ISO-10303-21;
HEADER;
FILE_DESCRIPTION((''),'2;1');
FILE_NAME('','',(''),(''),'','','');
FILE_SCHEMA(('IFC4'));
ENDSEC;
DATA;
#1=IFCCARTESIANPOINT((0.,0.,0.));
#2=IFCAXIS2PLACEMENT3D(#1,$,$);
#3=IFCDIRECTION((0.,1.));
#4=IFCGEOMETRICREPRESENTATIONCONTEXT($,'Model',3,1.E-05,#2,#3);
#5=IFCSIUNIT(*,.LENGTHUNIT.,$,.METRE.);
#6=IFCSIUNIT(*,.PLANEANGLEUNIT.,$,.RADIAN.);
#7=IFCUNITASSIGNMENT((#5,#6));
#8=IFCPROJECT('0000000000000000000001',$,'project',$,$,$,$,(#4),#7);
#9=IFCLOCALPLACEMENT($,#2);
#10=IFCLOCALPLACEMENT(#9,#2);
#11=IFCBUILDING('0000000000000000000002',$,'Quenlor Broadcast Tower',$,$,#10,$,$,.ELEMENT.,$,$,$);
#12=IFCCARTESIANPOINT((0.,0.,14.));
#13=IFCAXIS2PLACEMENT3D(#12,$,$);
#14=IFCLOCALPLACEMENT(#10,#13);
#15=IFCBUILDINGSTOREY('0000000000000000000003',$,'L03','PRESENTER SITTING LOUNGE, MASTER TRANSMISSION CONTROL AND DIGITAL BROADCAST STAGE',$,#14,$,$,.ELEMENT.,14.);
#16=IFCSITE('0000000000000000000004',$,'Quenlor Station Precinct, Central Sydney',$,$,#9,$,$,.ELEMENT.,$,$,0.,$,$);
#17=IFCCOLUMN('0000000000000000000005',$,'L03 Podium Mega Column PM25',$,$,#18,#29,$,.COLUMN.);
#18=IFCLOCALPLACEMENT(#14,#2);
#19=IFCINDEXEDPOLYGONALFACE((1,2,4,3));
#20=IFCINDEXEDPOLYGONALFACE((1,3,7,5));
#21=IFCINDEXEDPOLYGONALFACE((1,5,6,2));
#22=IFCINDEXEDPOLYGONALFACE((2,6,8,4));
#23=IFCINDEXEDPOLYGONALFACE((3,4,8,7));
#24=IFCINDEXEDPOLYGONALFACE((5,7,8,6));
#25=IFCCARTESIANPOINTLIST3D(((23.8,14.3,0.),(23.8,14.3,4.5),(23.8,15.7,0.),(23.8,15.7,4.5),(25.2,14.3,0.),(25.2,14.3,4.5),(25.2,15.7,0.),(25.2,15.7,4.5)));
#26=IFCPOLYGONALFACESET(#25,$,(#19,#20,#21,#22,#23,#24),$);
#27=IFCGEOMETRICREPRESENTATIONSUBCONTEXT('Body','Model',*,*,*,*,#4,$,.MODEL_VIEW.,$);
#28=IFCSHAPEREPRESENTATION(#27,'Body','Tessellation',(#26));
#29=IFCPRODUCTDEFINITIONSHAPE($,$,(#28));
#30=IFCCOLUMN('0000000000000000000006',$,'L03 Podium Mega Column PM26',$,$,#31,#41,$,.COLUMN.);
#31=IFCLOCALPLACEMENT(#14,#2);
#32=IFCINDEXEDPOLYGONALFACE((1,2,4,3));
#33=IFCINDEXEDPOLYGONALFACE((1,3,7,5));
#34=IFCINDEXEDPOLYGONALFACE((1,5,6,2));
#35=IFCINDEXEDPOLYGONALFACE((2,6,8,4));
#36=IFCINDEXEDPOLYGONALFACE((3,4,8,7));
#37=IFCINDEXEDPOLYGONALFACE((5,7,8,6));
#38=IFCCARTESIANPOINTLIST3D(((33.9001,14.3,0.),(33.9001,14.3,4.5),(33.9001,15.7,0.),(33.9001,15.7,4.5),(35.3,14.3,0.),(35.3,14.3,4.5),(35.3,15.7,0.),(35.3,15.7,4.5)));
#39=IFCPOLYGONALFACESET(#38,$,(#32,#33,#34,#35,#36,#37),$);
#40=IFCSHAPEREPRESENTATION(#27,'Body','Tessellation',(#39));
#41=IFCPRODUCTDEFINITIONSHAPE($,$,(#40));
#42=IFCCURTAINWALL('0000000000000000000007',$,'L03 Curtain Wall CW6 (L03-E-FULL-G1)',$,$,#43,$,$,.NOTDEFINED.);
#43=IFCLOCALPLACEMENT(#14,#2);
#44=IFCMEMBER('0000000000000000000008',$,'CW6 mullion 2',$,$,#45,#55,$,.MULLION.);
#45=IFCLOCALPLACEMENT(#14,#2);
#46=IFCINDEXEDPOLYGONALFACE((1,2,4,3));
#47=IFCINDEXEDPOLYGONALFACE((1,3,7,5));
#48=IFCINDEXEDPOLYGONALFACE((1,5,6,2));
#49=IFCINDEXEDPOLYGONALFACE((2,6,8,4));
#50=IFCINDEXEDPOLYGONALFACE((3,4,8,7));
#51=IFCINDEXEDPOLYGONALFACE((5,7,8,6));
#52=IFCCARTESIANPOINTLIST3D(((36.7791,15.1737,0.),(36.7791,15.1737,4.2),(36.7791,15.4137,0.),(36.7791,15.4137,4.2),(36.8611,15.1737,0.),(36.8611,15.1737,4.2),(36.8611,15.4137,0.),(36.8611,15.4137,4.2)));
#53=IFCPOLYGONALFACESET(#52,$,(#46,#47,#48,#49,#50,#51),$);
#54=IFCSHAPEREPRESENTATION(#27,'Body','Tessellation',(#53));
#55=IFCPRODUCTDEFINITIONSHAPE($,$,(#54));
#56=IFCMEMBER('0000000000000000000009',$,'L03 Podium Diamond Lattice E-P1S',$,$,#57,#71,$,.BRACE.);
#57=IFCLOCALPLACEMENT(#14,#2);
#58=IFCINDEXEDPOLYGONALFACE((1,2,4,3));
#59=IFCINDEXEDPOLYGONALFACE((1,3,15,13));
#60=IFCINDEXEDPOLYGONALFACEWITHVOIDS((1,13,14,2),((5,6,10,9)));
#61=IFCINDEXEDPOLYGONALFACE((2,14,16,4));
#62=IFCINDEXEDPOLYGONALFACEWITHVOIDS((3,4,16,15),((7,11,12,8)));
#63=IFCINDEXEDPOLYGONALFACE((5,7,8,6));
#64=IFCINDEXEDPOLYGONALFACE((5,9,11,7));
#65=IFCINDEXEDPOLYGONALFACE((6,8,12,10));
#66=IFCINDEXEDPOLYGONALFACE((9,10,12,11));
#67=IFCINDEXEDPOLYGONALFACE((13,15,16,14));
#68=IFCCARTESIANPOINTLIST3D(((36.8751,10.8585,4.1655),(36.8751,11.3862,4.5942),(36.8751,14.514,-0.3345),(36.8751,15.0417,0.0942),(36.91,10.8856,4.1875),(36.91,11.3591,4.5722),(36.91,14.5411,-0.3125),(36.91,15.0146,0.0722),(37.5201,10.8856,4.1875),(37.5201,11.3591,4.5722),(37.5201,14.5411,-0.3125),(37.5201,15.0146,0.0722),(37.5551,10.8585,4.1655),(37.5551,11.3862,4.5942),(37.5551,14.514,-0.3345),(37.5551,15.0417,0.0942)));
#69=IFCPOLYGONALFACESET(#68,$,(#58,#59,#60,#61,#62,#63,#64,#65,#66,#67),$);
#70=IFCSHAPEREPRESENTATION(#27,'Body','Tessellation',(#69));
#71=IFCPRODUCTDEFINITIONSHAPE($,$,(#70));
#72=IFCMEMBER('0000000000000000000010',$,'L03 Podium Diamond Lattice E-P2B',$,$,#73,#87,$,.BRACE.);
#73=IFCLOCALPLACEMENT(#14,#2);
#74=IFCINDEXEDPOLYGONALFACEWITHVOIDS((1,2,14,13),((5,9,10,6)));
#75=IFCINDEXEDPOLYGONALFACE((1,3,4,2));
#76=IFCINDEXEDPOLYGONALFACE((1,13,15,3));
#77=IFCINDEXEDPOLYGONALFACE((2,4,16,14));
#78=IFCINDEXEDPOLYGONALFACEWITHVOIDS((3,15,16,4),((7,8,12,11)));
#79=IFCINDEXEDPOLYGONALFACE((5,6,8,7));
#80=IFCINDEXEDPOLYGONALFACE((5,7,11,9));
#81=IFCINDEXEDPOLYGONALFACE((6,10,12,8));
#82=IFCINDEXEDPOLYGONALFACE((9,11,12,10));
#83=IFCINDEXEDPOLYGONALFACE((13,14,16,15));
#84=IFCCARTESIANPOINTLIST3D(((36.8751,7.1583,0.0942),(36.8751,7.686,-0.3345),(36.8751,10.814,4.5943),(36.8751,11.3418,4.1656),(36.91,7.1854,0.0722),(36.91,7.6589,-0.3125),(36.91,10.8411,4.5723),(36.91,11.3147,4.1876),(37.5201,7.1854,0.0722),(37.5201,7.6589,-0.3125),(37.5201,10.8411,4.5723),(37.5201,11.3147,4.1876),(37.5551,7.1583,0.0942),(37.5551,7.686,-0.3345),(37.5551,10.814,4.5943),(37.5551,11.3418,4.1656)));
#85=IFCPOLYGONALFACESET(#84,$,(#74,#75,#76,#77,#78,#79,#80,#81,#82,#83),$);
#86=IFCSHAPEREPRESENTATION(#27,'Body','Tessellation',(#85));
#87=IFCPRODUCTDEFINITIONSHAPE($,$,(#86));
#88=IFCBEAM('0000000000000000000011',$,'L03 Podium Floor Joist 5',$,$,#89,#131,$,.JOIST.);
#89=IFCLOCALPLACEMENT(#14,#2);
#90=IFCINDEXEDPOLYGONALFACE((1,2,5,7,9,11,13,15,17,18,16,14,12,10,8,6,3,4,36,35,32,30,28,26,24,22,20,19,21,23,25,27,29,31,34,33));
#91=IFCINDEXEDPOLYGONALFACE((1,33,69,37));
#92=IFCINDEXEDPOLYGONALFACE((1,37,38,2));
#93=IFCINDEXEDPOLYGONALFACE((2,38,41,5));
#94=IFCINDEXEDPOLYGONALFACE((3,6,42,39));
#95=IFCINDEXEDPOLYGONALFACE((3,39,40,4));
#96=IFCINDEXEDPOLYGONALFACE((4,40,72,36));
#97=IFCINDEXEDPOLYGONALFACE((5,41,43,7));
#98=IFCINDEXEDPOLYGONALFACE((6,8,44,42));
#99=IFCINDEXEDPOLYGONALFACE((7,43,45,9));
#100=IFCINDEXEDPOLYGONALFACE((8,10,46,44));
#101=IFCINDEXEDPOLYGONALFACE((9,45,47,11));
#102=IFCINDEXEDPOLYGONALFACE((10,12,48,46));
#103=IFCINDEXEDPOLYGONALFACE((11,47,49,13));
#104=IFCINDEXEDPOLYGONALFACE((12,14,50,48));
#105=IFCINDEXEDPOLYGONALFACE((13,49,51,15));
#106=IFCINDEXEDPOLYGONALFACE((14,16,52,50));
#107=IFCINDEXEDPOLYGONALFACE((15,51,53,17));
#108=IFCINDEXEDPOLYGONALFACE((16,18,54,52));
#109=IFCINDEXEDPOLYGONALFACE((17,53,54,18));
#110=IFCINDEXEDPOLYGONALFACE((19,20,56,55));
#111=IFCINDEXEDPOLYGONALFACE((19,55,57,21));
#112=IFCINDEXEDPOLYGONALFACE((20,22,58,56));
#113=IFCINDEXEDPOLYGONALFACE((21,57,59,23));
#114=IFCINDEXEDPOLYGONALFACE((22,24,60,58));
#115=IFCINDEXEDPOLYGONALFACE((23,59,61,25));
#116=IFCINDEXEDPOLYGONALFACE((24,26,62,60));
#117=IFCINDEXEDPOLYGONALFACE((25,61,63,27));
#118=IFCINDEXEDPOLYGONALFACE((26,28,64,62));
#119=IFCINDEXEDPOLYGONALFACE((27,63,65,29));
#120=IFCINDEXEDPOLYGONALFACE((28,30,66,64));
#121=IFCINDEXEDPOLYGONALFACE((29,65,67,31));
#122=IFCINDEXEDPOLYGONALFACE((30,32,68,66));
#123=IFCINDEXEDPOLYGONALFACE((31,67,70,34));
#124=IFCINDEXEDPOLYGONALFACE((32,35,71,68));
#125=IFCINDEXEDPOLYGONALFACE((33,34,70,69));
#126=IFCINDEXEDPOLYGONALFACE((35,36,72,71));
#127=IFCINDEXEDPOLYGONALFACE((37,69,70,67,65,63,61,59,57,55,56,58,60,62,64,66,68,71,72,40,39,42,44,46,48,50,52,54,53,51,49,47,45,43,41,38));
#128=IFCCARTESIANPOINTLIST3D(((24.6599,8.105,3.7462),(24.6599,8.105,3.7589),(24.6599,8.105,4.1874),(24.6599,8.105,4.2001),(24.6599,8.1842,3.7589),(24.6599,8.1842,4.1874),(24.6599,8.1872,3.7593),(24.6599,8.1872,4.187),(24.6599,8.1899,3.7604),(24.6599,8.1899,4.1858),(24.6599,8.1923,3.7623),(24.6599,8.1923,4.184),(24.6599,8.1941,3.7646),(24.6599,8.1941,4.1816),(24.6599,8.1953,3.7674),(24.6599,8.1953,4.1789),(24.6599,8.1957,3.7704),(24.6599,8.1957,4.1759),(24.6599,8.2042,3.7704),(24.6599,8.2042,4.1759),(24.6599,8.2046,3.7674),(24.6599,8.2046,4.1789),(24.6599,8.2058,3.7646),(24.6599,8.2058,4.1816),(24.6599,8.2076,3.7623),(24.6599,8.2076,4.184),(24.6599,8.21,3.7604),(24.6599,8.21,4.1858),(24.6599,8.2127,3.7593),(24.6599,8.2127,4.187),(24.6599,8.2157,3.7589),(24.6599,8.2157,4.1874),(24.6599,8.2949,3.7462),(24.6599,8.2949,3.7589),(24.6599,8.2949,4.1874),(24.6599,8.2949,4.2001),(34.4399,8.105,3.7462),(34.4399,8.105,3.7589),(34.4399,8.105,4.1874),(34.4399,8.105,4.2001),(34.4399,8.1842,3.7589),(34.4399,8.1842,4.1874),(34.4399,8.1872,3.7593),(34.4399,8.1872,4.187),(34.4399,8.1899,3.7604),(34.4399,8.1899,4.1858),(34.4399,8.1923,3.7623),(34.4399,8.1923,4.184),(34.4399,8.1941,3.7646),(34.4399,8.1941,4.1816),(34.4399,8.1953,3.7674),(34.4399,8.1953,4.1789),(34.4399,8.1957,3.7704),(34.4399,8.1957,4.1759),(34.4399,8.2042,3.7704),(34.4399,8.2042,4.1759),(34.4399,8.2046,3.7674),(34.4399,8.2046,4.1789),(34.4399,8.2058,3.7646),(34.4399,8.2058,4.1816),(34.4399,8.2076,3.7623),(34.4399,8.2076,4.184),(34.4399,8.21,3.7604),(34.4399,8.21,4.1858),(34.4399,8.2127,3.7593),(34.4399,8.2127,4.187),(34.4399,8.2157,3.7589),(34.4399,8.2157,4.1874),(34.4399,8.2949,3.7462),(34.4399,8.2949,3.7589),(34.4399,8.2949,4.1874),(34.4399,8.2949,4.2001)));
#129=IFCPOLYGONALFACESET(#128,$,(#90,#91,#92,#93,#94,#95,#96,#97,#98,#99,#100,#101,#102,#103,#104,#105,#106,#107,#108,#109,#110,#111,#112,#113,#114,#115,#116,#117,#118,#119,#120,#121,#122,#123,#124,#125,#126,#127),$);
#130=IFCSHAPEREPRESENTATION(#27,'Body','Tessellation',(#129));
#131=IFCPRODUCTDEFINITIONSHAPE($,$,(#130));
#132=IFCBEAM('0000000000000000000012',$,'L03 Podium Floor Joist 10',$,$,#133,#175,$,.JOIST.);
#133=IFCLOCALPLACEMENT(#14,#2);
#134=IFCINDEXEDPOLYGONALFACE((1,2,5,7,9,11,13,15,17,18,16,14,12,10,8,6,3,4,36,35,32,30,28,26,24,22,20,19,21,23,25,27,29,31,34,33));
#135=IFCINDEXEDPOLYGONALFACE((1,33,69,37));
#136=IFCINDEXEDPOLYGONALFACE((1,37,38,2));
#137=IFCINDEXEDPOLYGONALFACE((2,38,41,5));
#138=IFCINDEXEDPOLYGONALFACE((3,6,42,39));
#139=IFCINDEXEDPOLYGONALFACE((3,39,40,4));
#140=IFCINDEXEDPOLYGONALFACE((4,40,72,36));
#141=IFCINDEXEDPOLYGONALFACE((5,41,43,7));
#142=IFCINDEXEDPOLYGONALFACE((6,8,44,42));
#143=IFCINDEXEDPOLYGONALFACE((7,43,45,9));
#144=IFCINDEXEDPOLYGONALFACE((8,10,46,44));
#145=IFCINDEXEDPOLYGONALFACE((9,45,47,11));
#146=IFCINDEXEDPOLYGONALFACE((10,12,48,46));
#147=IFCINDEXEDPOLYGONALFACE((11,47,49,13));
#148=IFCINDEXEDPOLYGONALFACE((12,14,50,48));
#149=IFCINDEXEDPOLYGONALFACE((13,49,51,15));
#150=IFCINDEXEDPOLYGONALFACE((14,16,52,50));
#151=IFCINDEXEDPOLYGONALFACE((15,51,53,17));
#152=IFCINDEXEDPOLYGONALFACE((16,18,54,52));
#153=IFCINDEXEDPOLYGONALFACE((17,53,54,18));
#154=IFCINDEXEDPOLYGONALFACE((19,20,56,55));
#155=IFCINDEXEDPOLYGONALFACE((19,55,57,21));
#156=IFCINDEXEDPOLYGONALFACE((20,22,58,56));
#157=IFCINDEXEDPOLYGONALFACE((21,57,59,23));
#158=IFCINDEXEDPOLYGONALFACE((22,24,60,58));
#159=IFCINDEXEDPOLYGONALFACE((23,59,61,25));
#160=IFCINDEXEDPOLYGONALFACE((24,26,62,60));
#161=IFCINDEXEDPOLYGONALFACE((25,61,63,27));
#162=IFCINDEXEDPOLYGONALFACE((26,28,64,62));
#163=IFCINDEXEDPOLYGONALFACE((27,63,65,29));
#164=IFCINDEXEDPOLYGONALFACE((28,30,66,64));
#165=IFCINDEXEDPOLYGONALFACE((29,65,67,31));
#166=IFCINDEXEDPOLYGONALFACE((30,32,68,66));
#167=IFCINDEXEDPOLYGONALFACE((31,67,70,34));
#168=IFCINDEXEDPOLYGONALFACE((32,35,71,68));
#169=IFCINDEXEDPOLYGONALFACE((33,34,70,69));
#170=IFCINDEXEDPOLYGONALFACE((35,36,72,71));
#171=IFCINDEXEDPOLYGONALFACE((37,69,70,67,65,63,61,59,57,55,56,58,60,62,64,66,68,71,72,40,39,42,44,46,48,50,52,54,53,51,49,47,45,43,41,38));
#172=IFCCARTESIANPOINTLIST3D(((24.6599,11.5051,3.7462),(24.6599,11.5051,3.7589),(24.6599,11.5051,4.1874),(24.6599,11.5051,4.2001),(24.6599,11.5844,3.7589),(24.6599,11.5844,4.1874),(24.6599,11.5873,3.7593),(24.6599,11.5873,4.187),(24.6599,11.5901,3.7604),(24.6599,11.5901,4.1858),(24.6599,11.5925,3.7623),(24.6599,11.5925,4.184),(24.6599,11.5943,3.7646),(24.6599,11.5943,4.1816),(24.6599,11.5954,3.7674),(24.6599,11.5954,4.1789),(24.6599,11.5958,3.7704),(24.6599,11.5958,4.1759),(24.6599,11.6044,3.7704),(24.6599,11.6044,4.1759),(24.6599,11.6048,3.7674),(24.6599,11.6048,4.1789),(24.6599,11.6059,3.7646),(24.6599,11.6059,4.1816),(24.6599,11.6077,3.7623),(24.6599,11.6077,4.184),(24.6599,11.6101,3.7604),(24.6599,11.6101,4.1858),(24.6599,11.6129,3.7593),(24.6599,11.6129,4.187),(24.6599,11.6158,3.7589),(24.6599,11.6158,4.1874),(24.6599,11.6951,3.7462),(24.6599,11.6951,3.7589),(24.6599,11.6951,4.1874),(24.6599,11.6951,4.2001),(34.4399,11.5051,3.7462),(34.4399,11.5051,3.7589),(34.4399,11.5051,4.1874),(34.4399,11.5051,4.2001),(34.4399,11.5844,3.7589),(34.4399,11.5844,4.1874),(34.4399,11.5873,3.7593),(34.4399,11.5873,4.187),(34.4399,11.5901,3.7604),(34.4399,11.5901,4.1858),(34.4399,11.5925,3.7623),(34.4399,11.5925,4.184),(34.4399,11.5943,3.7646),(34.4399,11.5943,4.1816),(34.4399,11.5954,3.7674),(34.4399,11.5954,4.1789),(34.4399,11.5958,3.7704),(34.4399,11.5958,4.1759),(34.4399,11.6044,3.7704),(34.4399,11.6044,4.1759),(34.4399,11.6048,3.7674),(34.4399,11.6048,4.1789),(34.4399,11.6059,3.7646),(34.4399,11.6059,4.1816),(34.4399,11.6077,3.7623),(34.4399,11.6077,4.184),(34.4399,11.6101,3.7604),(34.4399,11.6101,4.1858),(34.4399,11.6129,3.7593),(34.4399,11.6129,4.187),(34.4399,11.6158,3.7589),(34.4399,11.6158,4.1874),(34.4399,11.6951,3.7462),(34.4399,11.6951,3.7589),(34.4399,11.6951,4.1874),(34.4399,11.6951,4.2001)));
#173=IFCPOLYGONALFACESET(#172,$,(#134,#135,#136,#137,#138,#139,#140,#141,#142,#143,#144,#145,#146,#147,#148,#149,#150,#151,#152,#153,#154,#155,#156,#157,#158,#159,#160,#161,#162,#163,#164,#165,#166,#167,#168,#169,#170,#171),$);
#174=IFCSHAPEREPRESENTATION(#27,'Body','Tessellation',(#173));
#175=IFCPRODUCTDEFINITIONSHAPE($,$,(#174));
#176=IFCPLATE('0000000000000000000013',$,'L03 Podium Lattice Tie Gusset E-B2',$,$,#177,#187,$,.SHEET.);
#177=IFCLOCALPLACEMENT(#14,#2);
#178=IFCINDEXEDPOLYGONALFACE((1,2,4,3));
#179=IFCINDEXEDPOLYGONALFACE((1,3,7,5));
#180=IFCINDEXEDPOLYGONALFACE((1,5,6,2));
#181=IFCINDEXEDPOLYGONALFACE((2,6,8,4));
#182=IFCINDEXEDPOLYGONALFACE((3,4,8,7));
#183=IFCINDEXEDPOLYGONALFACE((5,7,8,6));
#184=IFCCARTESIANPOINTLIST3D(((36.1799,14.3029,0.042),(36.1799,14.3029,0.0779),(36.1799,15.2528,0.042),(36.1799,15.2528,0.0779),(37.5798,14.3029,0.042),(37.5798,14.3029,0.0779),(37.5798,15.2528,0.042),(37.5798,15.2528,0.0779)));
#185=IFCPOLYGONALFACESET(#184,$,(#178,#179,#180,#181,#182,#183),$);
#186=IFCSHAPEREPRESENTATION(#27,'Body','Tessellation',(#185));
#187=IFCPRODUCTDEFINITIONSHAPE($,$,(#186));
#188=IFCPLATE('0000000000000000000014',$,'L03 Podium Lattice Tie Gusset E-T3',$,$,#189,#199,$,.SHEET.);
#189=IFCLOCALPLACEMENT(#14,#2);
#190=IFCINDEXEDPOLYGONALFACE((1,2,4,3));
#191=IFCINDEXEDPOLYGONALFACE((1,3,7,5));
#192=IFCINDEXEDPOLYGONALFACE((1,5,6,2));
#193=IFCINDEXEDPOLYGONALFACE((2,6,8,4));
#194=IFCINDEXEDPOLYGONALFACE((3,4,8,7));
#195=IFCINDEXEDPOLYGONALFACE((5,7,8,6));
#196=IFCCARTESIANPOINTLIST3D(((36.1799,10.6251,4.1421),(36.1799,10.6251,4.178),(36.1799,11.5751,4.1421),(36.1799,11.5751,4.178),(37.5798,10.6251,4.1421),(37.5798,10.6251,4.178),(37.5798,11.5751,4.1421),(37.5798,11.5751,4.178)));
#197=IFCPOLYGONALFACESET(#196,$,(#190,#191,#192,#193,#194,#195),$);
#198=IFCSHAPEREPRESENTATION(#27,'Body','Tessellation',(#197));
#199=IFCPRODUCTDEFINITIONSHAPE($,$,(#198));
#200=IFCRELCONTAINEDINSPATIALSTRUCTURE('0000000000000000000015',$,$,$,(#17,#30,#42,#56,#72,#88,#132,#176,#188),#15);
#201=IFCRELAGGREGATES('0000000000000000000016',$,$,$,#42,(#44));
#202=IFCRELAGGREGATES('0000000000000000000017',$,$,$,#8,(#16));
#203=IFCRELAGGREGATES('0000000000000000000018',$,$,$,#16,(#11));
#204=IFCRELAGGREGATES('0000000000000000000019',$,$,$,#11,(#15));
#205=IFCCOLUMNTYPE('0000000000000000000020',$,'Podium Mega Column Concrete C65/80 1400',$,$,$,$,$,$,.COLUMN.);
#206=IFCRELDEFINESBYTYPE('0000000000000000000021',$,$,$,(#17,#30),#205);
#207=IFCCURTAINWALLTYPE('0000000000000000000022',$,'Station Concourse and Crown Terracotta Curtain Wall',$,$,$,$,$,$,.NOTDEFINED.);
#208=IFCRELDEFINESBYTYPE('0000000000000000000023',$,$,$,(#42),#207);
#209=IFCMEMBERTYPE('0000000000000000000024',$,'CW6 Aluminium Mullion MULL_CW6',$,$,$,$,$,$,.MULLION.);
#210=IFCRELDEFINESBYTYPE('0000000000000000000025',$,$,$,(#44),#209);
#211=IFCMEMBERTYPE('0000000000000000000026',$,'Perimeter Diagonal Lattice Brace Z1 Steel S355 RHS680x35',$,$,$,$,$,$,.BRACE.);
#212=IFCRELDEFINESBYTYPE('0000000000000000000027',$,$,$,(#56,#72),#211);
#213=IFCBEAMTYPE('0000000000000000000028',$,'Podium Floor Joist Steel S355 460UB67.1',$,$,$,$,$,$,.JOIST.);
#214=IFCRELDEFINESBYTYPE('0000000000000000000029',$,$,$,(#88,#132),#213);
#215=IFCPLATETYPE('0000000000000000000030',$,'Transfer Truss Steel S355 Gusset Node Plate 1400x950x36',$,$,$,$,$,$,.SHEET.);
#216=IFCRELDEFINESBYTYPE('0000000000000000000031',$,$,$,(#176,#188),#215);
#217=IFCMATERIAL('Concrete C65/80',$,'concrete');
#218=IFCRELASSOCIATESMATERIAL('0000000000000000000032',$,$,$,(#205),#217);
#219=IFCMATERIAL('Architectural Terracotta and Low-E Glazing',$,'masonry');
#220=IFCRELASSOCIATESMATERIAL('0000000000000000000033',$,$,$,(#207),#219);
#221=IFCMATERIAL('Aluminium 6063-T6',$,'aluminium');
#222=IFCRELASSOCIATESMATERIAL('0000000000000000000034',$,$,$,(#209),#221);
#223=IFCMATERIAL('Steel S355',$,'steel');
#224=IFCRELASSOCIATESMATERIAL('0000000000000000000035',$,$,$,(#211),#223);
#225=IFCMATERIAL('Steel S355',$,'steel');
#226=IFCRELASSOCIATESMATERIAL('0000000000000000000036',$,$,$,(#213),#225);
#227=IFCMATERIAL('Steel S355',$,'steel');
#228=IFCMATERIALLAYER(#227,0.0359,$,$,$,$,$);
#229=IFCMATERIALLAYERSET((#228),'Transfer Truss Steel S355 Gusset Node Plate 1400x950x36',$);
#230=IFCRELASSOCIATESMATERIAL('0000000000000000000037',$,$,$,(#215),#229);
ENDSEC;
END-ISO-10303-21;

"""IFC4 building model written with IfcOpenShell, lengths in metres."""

from ifc_helpers import new_model, si_unit, direction, frame, origin, origin_2d, place, context, subcontext, project, spatial, rectangle, hollow_rectangle, i_section, extrude, material, layer, layer_set, material_profile, profile_set, type_object, element, aggregate, save


model = new_model("IFC4")

# Units and contexts
model_context = context("Model", 3, precision=1e-05, world=origin(), true_north=direction((0.0, 1.0)))
body_context = subcontext(model_context, "Body", "Model", "MODEL_VIEW")
ifc_project = project(units=[si_unit("LENGTHUNIT", "METRE"), si_unit("PLANEANGLEUNIT", "RADIAN")], contexts=[model_context])

# Site, building, storey
site_placement = place(None, origin())
site = spatial("IfcSite", under=ifc_project, at=site_placement, Name="Quenlor Station Precinct, Central Sydney", CompositionType="ELEMENT", RefElevation=0.0)
building_placement = place(site_placement, origin())
building = spatial("IfcBuilding", under=site, at=building_placement, Name="Quenlor Broadcast Tower", CompositionType="ELEMENT")
storey_placement = place(building_placement, frame((0.0, 0.0, 14.0)))
storey = spatial("IfcBuildingStorey", under=building, at=storey_placement, Name="L03", Description="PRESENTER SITTING LOUNGE, MASTER TRANSMISSION CONTROL AND DIGITAL BROADCAST STAGE", CompositionType="ELEMENT", Elevation=14.0)

# Columns
ifc_material_1 = material(Name="Concrete C65/80", Category="concrete")
ifc_material_profile_1 = material_profile(ifc_material_1, rectangle(XDim=1.3999, YDim=1.3999, at=origin_2d()))
ifc_profile_set_1 = profile_set([ifc_material_profile_1], Name="Concrete C65/80 RC1400x1400")
column_type = type_object("IfcColumnType", Name="Podium Mega Column Concrete C65/80 1400", PredefinedType="COLUMN", material=ifc_profile_set_1)
for number, where, z_axis, x_axis, name in (
    (1, (24.5, 15.0, 0.0), (0.0, 0.0, 1.0), (1.0, 0.0, 0.0), "L03 Podium Mega Column PM25"),
    (2, (34.6001, 15.0, 0.0), (0.0, 0.0, 1.0), (1.0, 0.0, 0.0), "L03 Podium Mega Column PM26"),
):
    element("IfcColumn", number, at=place(storey_placement, frame(where, z_axis=z_axis, x_axis=x_axis)), inside=storey, type_object=column_type, Name=name, PredefinedType="COLUMN", context=body_context, shape_type="SweptSolid", body=[
        extrude(rectangle(XDim=1.3999, YDim=1.3999, at=origin_2d()), origin(), (0.0, 0.0, 1.0), 4.5),
    ])

# Curtain wall, member
ifc_material_2 = material(Name="Architectural Terracotta and Low-E Glazing", Category="masonry")
curtain_wall_type = type_object("IfcCurtainWallType", Name="Station Concourse and Crown Terracotta Curtain Wall", PredefinedType="NOTDEFINED", material=ifc_material_2)
curtain_wall_placement = place(storey_placement, origin())
curtain_wall = element("IfcCurtainWall", 3, at=curtain_wall_placement, inside=storey, type_object=curtain_wall_type, Name="L03 Curtain Wall CW6 (L03-E-FULL-G1)", PredefinedType="NOTDEFINED")
ifc_material_3 = material(Name="Aluminium 6063-T6", Category="aluminium")
ifc_material_profile_2 = material_profile(ifc_material_3, rectangle(XDim=0.082, YDim=0.24, at=origin_2d()))
ifc_profile_set_2 = profile_set([ifc_material_profile_2], Name="Aluminium 6063-T6 MULL82x240")
member_type_1 = type_object("IfcMemberType", Name="CW6 Aluminium Mullion MULL_CW6", PredefinedType="MULLION", material=ifc_profile_set_2)
member_1_placement = place(storey_placement, frame((36.8201, 15.2937, 0.0), z_axis=(0.0, 0.0, 1.0), x_axis=(1.0, 0.0, 0.0)))
member_1 = element("IfcMember", 4, at=member_1_placement, type_object=member_type_1, Name="CW6 mullion 2", PredefinedType="MULLION", context=body_context, shape_type="SweptSolid", body=[
    extrude(rectangle(XDim=0.082, YDim=0.24, at=origin_2d()), origin(), (0.0, 0.0, 1.0), 4.2),
])
aggregate(curtain_wall, [member_1])

# Members
ifc_material_4 = material(Name="Steel S355", Category="steel")
ifc_material_profile_3 = material_profile(ifc_material_4, hollow_rectangle(XDim=0.6799, YDim=0.6799, WallThickness=0.0349, at=origin_2d()))
ifc_profile_set_3 = profile_set([ifc_material_profile_3], Name="Steel S355 RHS680x680x35")
member_type_2 = type_object("IfcMemberType", Name="Perimeter Diagonal Lattice Brace Z1 Steel S355 RHS680x35", PredefinedType="BRACE", material=ifc_profile_set_3)
member_2_placement = place(storey_placement, frame((37.2151, 14.7778, -0.1201), z_axis=(0.0, -0.630517, 0.776176), x_axis=(1.0, 0.0, 0.0)))
element("IfcMember", 5, at=member_2_placement, inside=storey, type_object=member_type_2, Name="L03 Podium Diamond Lattice E-P1S", PredefinedType="BRACE", context=body_context, shape_type="SweptSolid", body=[
    extrude(hollow_rectangle(XDim=0.6799, YDim=0.6799, WallThickness=0.0349, at=origin_2d()), origin(), (0.0, 0.0, 1.0), 5.7976),
])
member_3_placement = place(storey_placement, frame((37.2151, 7.4221, -0.1201), z_axis=(0.0, 0.630542, 0.776155), x_axis=(-1.0, 0.0, 0.0)))
element("IfcMember", 6, at=member_3_placement, inside=storey, type_object=member_type_2, Name="L03 Podium Diamond Lattice E-P2B", PredefinedType="BRACE", context=body_context, shape_type="SweptSolid", body=[
    extrude(hollow_rectangle(XDim=0.6799, YDim=0.6799, WallThickness=0.0349, at=origin_2d()), origin(), (0.0, 0.0, 1.0), 5.7979),
])

# Beams
ifc_material_5 = material(Name="Steel S355", Category="steel")
ifc_material_profile_4 = material_profile(ifc_material_5, i_section(OverallWidth=0.1899, OverallDepth=0.4539, WebThickness=0.0085, FlangeThickness=0.0127, FilletRadius=0.0115, at=origin_2d()))
ifc_profile_set_4 = profile_set([ifc_material_profile_4], Name="Steel S355 460UB67.1")
beam_type = type_object("IfcBeamType", Name="Podium Floor Joist Steel S355 460UB67.1", PredefinedType="JOIST", material=ifc_profile_set_4)
for number, where, z_axis, x_axis, name in (
    (7, (24.6599, 8.2, 3.9731), (1.0, 0.0, 0.0), (0.0, 1.0, 0.0), "L03 Podium Floor Joist 5"),
    (8, (24.6599, 11.6001, 3.9731), (1.0, 0.0, 0.0), (0.0, 1.0, 0.0), "L03 Podium Floor Joist 10"),
):
    element("IfcBeam", number, at=place(storey_placement, frame(where, z_axis=z_axis, x_axis=x_axis)), inside=storey, type_object=beam_type, Name=name, PredefinedType="JOIST", context=body_context, shape_type="SweptSolid", body=[
        extrude(i_section(OverallWidth=0.1899, OverallDepth=0.4539, WebThickness=0.0085, FlangeThickness=0.0127, FilletRadius=0.0115, at=origin_2d()), origin(), (0.0, 0.0, 1.0), 9.78),
    ])

# Plates
ifc_material_6 = material(Name="Steel S355", Category="steel")
ifc_layer_1 = layer(ifc_material_6, 0.0359)
ifc_layer_set_1 = layer_set([ifc_layer_1], Name="Transfer Truss Steel S355 Gusset Node Plate 1400x950x36")
plate_type = type_object("IfcPlateType", Name="Transfer Truss Steel S355 Gusset Node Plate 1400x950x36", PredefinedType="SHEET", material=ifc_layer_set_1)
for number, where, z_axis, x_axis, name in (
    (9, (36.8799, 14.7778, 0.042), (0.0, 0.0, 1.0), (1.0, 0.0, 0.0), "L03 Podium Lattice Tie Gusset E-B2"),
    (10, (36.8799, 11.1001, 4.1421), (0.0, 0.0, 1.0), (1.0, 0.0, 0.0), "L03 Podium Lattice Tie Gusset E-T3"),
):
    element("IfcPlate", number, at=place(storey_placement, frame(where, z_axis=z_axis, x_axis=x_axis)), inside=storey, type_object=plate_type, Name=name, PredefinedType="SHEET", context=body_context, shape_type="SweptSolid", body=[
        extrude(rectangle(XDim=1.3999, YDim=0.95, at=origin_2d()), origin(), (0.0, 0.0, 1.0), 0.0359),
    ])

save(model, "model.ifc")
